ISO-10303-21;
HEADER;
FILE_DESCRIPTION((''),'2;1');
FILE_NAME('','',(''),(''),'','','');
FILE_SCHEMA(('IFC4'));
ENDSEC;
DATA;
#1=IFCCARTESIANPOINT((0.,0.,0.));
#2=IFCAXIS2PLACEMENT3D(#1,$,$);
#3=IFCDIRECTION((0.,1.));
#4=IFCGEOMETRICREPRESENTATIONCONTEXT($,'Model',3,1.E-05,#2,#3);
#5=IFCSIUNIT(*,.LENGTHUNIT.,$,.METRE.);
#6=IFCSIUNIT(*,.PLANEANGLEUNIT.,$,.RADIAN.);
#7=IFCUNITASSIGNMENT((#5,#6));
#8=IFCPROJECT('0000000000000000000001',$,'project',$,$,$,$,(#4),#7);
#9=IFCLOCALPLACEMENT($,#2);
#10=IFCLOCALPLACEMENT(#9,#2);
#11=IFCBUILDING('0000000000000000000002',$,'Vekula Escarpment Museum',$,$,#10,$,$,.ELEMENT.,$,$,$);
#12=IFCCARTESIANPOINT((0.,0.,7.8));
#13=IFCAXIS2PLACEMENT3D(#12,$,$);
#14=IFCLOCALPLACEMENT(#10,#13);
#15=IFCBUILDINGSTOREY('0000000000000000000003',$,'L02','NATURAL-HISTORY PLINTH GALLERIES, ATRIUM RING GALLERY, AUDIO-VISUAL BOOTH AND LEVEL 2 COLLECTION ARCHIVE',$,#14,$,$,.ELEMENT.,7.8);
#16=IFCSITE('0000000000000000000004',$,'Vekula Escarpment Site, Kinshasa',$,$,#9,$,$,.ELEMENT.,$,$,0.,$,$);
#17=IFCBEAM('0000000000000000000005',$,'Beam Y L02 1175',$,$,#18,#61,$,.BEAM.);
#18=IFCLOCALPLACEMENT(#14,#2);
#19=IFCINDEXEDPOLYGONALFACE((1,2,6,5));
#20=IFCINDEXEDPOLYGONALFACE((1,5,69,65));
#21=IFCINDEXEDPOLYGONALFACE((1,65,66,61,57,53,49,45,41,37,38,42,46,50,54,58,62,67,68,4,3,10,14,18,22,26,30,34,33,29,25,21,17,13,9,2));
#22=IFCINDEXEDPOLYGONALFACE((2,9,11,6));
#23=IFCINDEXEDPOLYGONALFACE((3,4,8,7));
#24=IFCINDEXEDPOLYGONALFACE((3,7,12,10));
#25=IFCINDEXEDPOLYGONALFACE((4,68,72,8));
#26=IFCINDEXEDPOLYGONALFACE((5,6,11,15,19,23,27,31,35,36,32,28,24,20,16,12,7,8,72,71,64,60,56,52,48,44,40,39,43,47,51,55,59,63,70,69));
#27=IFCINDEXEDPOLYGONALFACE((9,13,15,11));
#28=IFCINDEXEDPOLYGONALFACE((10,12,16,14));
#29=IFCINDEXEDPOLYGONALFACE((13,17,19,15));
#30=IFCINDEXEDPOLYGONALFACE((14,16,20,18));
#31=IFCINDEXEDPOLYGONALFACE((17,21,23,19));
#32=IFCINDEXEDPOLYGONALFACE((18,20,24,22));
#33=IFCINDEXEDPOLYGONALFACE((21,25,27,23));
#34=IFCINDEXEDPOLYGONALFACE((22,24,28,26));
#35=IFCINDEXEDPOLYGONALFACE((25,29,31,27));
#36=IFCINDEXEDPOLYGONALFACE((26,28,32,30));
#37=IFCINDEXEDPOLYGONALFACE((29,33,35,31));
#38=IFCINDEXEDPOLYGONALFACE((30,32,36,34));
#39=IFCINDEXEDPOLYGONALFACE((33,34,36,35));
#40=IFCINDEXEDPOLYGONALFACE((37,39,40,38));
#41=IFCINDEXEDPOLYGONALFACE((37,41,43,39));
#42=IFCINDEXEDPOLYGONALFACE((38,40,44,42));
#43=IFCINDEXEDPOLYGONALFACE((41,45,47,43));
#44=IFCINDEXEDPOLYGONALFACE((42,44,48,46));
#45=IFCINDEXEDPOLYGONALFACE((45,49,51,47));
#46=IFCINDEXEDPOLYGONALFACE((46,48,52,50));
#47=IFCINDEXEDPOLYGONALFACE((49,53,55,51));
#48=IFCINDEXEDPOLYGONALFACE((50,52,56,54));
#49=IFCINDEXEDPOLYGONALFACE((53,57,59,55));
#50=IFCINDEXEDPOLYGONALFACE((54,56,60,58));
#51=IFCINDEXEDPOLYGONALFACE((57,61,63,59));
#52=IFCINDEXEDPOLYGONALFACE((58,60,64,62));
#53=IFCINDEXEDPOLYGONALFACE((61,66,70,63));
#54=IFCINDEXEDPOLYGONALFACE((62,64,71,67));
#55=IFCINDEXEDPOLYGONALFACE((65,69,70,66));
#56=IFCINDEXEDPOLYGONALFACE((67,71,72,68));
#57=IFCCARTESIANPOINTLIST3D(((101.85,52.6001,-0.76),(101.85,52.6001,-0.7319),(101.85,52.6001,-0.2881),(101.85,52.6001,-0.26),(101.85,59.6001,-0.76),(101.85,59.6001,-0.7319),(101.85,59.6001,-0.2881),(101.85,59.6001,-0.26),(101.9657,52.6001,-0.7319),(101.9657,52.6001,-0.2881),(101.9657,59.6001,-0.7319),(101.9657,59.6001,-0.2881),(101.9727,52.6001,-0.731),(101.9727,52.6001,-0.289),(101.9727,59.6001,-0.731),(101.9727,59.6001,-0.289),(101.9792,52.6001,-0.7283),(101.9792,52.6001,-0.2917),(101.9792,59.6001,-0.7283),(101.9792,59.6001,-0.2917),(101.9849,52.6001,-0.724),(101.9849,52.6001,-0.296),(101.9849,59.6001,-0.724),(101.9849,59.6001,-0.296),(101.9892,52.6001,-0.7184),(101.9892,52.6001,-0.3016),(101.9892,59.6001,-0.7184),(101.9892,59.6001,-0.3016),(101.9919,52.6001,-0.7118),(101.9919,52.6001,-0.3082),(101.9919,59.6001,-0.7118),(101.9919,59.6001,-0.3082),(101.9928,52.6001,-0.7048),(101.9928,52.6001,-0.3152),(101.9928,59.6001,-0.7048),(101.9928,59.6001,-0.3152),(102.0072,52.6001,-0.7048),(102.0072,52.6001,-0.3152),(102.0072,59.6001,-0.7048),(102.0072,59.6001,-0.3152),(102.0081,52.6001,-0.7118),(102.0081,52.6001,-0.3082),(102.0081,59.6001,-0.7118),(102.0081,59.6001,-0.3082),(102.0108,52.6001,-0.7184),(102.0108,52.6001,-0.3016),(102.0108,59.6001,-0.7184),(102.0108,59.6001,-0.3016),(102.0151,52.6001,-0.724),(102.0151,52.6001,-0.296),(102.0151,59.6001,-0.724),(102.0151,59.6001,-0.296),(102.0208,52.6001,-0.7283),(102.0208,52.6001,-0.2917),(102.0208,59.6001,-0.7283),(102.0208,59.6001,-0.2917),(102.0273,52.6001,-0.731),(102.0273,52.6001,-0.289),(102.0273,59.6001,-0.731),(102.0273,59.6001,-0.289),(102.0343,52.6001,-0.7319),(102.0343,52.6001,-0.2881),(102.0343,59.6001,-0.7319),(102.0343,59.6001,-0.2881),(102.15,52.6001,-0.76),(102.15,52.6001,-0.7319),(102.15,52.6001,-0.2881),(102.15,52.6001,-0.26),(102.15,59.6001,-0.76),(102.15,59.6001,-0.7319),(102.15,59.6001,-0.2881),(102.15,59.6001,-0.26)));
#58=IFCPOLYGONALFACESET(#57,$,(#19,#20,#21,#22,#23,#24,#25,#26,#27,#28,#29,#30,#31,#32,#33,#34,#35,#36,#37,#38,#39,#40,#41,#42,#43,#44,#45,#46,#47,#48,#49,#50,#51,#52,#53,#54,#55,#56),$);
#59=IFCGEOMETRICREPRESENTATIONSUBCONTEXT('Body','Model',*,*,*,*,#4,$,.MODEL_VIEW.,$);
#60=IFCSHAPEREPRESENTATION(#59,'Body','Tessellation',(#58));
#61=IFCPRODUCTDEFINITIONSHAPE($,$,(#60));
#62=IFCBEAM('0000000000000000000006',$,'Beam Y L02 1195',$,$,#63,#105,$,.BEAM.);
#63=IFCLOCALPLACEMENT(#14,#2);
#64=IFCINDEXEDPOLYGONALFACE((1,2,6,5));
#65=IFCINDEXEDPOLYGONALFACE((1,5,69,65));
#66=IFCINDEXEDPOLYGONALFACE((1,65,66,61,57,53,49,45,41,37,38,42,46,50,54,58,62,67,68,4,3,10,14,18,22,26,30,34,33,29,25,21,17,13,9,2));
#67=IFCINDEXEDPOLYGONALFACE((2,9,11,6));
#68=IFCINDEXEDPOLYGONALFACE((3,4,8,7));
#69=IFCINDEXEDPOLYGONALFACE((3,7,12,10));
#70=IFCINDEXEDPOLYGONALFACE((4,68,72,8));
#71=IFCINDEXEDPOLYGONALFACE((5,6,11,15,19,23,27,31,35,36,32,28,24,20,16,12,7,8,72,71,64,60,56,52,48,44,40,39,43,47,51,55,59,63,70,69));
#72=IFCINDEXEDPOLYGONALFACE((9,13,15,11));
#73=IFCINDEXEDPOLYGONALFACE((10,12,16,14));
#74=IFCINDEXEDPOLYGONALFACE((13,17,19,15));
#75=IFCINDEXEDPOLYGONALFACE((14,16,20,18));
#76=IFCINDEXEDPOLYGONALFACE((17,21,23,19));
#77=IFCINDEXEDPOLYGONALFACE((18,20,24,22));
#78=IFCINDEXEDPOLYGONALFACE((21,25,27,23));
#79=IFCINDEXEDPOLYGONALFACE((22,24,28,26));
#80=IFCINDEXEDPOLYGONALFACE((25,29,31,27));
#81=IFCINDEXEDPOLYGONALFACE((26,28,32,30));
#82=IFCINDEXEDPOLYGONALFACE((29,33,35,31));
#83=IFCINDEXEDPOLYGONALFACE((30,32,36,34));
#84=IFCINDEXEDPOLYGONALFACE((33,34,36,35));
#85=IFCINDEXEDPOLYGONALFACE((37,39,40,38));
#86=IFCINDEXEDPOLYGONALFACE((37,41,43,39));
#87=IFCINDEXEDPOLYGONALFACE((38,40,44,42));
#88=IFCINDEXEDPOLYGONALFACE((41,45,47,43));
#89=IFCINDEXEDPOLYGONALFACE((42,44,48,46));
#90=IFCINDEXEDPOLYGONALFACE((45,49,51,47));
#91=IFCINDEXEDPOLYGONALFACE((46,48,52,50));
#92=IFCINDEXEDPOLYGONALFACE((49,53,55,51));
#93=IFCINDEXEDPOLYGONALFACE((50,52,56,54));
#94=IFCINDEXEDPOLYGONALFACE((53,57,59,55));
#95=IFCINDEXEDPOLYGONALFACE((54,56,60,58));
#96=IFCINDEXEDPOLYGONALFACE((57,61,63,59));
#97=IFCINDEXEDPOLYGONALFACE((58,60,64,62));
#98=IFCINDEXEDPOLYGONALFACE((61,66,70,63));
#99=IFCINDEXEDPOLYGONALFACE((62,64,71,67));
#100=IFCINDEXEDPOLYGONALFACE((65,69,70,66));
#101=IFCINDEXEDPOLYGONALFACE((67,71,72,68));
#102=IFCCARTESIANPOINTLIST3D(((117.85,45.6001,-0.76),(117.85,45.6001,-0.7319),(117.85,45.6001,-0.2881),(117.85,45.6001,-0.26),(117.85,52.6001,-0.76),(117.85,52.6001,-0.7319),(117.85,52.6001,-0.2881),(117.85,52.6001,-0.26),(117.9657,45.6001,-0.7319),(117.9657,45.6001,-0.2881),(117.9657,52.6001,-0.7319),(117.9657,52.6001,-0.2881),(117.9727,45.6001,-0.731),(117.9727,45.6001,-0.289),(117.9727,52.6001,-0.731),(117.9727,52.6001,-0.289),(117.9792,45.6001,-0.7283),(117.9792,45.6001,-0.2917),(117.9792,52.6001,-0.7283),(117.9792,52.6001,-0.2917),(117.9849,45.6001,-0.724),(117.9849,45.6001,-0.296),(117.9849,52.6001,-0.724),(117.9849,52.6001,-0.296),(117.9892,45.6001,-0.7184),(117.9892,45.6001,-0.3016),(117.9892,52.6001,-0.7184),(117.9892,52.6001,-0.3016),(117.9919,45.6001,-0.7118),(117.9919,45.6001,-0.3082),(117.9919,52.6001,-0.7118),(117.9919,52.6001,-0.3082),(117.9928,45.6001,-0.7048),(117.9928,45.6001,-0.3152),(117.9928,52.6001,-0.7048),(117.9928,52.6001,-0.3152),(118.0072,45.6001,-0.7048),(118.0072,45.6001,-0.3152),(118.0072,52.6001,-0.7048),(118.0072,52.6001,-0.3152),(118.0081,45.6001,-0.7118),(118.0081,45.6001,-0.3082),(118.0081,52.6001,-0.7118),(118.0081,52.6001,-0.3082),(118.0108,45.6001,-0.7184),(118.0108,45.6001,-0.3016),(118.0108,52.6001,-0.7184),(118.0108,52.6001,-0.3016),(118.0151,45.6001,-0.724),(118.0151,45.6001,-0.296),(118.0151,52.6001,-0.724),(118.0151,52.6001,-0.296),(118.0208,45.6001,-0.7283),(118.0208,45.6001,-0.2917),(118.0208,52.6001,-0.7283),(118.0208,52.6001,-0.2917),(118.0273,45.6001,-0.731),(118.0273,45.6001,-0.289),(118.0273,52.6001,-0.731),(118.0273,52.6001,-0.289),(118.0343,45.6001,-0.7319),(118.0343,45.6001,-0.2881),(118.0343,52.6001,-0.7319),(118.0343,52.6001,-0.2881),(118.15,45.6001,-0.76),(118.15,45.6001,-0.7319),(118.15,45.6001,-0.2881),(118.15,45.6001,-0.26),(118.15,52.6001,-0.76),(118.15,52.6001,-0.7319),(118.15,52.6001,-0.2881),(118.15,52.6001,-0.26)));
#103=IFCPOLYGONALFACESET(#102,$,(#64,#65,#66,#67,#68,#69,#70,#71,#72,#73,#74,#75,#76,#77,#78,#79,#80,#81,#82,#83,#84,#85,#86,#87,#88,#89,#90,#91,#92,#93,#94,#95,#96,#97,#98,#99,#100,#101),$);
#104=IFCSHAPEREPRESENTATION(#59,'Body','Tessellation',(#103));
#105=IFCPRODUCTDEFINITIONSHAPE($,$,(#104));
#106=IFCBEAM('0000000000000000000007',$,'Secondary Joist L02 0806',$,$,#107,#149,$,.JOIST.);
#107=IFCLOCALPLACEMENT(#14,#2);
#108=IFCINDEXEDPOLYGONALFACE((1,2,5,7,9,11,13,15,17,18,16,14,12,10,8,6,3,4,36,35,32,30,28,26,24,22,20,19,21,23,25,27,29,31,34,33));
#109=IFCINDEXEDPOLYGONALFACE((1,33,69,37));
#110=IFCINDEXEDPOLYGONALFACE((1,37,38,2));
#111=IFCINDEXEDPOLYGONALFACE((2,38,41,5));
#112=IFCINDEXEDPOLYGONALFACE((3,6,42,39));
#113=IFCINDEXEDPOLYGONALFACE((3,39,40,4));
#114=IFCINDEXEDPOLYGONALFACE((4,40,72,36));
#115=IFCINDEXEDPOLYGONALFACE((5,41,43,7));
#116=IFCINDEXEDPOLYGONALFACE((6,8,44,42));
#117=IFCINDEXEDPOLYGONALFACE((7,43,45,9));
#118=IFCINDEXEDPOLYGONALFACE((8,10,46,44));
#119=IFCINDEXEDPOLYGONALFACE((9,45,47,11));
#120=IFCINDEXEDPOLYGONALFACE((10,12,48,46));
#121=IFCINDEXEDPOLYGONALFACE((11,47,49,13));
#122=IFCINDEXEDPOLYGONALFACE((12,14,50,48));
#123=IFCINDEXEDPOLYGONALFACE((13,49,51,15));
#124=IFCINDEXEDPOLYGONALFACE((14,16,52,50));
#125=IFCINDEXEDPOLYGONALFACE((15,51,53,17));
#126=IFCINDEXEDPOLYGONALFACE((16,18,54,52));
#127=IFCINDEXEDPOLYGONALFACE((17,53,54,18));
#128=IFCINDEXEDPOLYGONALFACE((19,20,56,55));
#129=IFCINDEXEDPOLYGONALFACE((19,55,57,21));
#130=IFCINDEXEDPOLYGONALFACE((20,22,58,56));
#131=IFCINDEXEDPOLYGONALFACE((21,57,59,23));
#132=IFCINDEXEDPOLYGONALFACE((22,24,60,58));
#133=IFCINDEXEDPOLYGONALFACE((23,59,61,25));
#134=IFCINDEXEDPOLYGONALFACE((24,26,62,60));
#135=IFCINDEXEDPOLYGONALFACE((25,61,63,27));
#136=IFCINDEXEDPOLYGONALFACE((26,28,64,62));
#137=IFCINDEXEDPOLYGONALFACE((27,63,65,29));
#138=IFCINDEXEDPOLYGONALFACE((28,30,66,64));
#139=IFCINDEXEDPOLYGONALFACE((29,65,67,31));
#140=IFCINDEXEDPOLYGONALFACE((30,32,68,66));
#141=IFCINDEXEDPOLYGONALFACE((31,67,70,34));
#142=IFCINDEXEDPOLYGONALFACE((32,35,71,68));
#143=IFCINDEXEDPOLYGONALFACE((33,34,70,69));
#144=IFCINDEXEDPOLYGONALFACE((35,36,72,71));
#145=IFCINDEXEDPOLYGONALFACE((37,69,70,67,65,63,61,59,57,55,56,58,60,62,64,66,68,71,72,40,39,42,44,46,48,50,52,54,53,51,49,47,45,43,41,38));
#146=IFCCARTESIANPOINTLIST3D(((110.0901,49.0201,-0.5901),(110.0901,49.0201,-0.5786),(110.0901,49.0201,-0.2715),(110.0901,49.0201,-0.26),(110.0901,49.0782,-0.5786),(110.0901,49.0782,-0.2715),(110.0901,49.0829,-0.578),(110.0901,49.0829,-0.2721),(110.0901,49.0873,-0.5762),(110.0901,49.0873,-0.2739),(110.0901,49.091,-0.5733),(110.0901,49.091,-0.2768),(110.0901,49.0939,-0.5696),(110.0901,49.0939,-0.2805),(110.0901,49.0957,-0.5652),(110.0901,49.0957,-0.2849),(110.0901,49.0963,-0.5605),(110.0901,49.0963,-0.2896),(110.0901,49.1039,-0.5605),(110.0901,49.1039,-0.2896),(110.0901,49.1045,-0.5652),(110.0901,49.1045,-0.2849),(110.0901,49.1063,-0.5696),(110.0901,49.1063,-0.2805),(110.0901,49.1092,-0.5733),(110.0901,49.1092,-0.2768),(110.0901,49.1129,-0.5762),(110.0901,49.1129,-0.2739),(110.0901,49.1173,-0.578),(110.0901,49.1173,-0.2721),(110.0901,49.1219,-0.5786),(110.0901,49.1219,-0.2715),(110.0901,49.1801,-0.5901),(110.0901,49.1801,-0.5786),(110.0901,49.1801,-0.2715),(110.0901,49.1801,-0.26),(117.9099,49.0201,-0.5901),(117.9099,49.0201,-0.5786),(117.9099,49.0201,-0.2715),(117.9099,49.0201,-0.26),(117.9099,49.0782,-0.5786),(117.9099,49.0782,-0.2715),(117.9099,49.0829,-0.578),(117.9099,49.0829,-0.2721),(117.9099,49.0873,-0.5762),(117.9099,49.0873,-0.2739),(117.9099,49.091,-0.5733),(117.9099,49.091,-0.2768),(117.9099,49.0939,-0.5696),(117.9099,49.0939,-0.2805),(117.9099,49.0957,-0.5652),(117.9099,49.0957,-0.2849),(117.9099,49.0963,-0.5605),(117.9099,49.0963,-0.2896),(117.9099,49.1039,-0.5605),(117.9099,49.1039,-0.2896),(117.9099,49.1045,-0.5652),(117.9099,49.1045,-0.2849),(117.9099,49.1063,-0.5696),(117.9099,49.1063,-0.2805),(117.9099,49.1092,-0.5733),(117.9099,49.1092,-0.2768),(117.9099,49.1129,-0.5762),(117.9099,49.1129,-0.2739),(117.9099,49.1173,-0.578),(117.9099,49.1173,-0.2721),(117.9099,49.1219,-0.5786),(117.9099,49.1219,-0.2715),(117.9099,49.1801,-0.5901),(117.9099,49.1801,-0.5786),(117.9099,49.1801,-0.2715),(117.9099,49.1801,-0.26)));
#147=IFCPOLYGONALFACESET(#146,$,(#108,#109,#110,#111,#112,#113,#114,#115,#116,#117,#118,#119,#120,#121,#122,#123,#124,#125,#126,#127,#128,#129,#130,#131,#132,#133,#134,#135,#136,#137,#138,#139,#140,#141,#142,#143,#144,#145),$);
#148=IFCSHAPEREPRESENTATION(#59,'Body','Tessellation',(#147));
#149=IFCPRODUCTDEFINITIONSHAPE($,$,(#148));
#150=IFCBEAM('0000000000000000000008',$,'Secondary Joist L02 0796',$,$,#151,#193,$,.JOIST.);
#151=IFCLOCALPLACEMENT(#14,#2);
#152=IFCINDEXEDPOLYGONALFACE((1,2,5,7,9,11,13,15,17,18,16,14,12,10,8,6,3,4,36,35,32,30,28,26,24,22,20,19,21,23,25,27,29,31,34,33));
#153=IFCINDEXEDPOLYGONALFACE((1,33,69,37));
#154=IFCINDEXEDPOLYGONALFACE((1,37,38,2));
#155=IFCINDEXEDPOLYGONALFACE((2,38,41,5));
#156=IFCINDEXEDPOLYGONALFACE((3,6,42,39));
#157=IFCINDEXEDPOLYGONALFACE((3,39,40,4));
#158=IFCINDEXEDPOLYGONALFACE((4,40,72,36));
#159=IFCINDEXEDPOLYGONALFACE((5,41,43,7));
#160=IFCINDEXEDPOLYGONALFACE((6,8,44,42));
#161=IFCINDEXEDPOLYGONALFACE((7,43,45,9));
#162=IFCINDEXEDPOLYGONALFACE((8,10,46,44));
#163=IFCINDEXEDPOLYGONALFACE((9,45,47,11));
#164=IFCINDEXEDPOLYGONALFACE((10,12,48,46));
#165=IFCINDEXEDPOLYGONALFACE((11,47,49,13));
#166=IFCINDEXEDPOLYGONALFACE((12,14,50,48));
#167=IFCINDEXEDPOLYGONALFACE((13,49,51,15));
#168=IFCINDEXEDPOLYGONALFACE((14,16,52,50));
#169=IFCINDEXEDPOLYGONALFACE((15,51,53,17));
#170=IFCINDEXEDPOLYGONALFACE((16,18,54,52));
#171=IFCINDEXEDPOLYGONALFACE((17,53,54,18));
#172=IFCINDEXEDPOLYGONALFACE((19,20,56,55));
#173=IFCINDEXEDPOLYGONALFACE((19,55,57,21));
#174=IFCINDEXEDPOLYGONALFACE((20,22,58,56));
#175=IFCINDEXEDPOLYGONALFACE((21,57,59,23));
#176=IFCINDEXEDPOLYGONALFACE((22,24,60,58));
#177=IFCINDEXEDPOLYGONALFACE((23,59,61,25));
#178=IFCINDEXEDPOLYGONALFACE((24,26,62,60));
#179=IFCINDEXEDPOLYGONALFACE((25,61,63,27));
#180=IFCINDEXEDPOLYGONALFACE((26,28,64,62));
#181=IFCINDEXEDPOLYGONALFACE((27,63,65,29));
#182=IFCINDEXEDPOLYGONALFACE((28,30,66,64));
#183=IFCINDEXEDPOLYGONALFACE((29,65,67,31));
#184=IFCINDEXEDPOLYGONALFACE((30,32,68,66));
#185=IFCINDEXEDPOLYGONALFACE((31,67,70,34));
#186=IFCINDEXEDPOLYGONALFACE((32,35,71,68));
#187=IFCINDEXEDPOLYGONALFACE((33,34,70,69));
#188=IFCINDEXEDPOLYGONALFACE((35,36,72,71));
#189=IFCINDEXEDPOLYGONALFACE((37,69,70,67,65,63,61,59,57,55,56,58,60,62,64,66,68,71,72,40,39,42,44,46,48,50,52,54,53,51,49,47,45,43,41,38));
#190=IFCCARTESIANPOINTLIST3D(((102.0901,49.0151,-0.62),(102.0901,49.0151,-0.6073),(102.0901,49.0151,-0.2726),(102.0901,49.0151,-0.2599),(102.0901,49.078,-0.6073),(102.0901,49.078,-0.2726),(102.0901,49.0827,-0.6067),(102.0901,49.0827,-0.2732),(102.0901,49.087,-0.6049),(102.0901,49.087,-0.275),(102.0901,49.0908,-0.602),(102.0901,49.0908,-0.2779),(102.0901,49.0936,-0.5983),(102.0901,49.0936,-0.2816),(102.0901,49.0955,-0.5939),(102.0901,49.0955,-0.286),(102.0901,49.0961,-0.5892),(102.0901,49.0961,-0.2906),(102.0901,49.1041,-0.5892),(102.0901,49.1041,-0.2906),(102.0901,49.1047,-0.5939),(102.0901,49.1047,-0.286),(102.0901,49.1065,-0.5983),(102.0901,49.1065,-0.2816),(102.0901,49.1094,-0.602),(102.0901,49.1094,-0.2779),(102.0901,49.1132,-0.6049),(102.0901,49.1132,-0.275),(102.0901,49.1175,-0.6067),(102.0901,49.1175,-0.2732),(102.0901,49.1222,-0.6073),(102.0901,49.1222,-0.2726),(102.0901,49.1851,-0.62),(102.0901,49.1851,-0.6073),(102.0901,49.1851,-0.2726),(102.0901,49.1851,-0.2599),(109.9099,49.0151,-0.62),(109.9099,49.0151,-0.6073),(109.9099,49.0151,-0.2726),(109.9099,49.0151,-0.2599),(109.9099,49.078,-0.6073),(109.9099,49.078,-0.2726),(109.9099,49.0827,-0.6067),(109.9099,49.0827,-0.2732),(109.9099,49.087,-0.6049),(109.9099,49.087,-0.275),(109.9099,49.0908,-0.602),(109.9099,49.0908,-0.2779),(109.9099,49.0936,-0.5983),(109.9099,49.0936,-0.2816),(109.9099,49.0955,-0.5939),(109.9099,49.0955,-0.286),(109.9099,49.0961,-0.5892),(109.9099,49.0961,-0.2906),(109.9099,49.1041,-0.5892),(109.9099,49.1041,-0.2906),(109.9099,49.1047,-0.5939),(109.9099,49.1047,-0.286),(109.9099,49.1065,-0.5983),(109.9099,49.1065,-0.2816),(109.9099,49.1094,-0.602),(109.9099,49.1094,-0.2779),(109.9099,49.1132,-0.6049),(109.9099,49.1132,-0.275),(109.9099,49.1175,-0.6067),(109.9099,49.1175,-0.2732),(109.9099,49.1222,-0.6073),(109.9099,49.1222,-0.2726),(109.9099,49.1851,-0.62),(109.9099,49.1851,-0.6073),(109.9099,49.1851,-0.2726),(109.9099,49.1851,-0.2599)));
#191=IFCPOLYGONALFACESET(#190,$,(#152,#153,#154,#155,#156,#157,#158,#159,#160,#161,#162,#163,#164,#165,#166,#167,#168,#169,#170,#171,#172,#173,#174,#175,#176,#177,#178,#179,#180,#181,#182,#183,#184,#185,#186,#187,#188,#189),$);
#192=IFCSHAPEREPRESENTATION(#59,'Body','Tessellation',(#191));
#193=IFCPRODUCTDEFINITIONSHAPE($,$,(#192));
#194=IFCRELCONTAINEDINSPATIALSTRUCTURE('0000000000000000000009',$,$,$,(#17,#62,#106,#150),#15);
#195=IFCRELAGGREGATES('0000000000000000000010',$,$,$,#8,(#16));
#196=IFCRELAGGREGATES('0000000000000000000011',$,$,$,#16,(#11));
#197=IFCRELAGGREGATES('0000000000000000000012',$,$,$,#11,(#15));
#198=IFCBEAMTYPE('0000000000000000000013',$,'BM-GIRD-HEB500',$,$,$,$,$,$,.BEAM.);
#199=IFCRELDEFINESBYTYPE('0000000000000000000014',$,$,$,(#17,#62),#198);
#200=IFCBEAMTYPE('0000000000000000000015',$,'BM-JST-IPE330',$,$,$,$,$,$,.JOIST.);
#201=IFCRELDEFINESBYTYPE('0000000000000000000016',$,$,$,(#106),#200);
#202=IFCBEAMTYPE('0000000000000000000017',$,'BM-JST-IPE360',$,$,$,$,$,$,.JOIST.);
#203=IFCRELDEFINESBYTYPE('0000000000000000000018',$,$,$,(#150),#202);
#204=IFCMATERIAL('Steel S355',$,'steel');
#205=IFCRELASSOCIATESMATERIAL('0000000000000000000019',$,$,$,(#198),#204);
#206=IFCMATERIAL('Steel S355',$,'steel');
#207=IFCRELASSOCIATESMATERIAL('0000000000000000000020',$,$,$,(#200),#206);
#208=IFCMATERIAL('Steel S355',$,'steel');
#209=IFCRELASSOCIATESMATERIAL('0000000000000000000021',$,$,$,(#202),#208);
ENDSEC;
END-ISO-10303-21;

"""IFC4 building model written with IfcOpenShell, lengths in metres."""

from ifc_helpers import new_model, si_unit, direction, frame, origin, origin_2d, place, context, subcontext, project, spatial, i_section, extrude, material, material_profile, profile_set, type_object, element, save


model = new_model("IFC4")

# Units and contexts
model_context = context("Model", 3, precision=1e-05, world=origin(), true_north=direction((0.0, 1.0)))
body_context = subcontext(model_context, "Body", "Model", "MODEL_VIEW")
ifc_project = project(units=[si_unit("LENGTHUNIT", "METRE"), si_unit("PLANEANGLEUNIT", "RADIAN")], contexts=[model_context])

# Site, building, storey
site_placement = place(None, origin())
site = spatial("IfcSite", under=ifc_project, at=site_placement, Name="Vekula Escarpment Site, Kinshasa", CompositionType="ELEMENT", RefElevation=0.0)
building_placement = place(site_placement, origin())
building = spatial("IfcBuilding", under=site, at=building_placement, Name="Vekula Escarpment Museum", CompositionType="ELEMENT")
storey_placement = place(building_placement, frame((0.0, 0.0, 7.8)))
storey = spatial("IfcBuildingStorey", under=building, at=storey_placement, Name="L02", Description="NATURAL-HISTORY PLINTH GALLERIES, ATRIUM RING GALLERY, AUDIO-VISUAL BOOTH AND LEVEL 2 COLLECTION ARCHIVE", CompositionType="ELEMENT", Elevation=7.8)

# Beams
ifc_material_1 = material(Name="Steel S355", Category="steel")
ifc_material_profile_1 = material_profile(ifc_material_1, i_section(OverallWidth=0.3, OverallDepth=0.5, WebThickness=0.0144, FlangeThickness=0.0281, FilletRadius=0.0271, at=origin_2d()), Name="HEB 500")
ifc_profile_set_1 = profile_set([ifc_material_profile_1], Name="Steel S355")
beam_type_1 = type_object("IfcBeamType", Name="BM-GIRD-HEB500", PredefinedType="BEAM", material=ifc_profile_set_1)
for number, where, z_axis, x_axis, name in (
    (1, (102.0, 52.6001, -0.51), (0.0, 1.0, 0.0), (-1.0, 0.0, 0.0), "Beam Y L02 1175"),
    (2, (118.0, 45.6001, -0.51), (0.0, 1.0, 0.0), (-1.0, 0.0, 0.0), "Beam Y L02 1195"),
):
    element("IfcBeam", number, at=place(storey_placement, frame(where, z_axis=z_axis, x_axis=x_axis)), inside=storey, type_object=beam_type_1, Name=name, PredefinedType="BEAM", context=body_context, shape_type="SweptSolid", body=[
        extrude(i_section(OverallWidth=0.3, OverallDepth=0.5, WebThickness=0.0144, FlangeThickness=0.0281, FilletRadius=0.0271, at=origin_2d()), origin(), (0.0, 0.0, 1.0), 7.0),
    ])
ifc_material_2 = material(Name="Steel S355", Category="steel")
ifc_material_profile_2 = material_profile(ifc_material_2, i_section(OverallWidth=0.1599, OverallDepth=0.3301, WebThickness=0.0076, FlangeThickness=0.0115, FilletRadius=0.0181, at=origin_2d()), Name="IPE 330")
ifc_profile_set_2 = profile_set([ifc_material_profile_2], Name="Steel S355")
beam_type_2 = type_object("IfcBeamType", Name="BM-JST-IPE330", PredefinedType="JOIST", material=ifc_profile_set_2)
beam_1_placement = place(storey_placement, frame((110.0901, 49.1001, -0.425), z_axis=(1.0, 0.0, 0.0), x_axis=(0.0, 1.0, 0.0)))
element("IfcBeam", 3, at=beam_1_placement, inside=storey, type_object=beam_type_2, Name="Secondary Joist L02 0806", PredefinedType="JOIST", context=body_context, shape_type="SweptSolid", body=[
    extrude(i_section(OverallWidth=0.1599, OverallDepth=0.3301, WebThickness=0.0076, FlangeThickness=0.0115, FilletRadius=0.0181, at=origin_2d()), origin(), (0.0, 0.0, 1.0), 7.8198),
])
ifc_material_3 = material(Name="Steel S355", Category="steel")
ifc_material_profile_3 = material_profile(ifc_material_3, i_section(OverallWidth=0.1699, OverallDepth=0.3601, WebThickness=0.0081, FlangeThickness=0.0127, FilletRadius=0.0181, at=origin_2d()), Name="IPE 360")
ifc_profile_set_3 = profile_set([ifc_material_profile_3], Name="Steel S355")
beam_type_3 = type_object("IfcBeamType", Name="BM-JST-IPE360", PredefinedType="JOIST", material=ifc_profile_set_3)
beam_2_placement = place(storey_placement, frame((102.0901, 49.1001, -0.4399), z_axis=(1.0, 0.0, 0.0), x_axis=(0.0, 1.0, 0.0)))
element("IfcBeam", 4, at=beam_2_placement, inside=storey, type_object=beam_type_3, Name="Secondary Joist L02 0796", PredefinedType="JOIST", context=body_context, shape_type="SweptSolid", body=[
    extrude(i_section(OverallWidth=0.1699, OverallDepth=0.3601, WebThickness=0.0081, FlangeThickness=0.0127, FilletRadius=0.0181, at=origin_2d()), origin(), (0.0, 0.0, 1.0), 7.8198),
])

save(model, "model.ifc")
